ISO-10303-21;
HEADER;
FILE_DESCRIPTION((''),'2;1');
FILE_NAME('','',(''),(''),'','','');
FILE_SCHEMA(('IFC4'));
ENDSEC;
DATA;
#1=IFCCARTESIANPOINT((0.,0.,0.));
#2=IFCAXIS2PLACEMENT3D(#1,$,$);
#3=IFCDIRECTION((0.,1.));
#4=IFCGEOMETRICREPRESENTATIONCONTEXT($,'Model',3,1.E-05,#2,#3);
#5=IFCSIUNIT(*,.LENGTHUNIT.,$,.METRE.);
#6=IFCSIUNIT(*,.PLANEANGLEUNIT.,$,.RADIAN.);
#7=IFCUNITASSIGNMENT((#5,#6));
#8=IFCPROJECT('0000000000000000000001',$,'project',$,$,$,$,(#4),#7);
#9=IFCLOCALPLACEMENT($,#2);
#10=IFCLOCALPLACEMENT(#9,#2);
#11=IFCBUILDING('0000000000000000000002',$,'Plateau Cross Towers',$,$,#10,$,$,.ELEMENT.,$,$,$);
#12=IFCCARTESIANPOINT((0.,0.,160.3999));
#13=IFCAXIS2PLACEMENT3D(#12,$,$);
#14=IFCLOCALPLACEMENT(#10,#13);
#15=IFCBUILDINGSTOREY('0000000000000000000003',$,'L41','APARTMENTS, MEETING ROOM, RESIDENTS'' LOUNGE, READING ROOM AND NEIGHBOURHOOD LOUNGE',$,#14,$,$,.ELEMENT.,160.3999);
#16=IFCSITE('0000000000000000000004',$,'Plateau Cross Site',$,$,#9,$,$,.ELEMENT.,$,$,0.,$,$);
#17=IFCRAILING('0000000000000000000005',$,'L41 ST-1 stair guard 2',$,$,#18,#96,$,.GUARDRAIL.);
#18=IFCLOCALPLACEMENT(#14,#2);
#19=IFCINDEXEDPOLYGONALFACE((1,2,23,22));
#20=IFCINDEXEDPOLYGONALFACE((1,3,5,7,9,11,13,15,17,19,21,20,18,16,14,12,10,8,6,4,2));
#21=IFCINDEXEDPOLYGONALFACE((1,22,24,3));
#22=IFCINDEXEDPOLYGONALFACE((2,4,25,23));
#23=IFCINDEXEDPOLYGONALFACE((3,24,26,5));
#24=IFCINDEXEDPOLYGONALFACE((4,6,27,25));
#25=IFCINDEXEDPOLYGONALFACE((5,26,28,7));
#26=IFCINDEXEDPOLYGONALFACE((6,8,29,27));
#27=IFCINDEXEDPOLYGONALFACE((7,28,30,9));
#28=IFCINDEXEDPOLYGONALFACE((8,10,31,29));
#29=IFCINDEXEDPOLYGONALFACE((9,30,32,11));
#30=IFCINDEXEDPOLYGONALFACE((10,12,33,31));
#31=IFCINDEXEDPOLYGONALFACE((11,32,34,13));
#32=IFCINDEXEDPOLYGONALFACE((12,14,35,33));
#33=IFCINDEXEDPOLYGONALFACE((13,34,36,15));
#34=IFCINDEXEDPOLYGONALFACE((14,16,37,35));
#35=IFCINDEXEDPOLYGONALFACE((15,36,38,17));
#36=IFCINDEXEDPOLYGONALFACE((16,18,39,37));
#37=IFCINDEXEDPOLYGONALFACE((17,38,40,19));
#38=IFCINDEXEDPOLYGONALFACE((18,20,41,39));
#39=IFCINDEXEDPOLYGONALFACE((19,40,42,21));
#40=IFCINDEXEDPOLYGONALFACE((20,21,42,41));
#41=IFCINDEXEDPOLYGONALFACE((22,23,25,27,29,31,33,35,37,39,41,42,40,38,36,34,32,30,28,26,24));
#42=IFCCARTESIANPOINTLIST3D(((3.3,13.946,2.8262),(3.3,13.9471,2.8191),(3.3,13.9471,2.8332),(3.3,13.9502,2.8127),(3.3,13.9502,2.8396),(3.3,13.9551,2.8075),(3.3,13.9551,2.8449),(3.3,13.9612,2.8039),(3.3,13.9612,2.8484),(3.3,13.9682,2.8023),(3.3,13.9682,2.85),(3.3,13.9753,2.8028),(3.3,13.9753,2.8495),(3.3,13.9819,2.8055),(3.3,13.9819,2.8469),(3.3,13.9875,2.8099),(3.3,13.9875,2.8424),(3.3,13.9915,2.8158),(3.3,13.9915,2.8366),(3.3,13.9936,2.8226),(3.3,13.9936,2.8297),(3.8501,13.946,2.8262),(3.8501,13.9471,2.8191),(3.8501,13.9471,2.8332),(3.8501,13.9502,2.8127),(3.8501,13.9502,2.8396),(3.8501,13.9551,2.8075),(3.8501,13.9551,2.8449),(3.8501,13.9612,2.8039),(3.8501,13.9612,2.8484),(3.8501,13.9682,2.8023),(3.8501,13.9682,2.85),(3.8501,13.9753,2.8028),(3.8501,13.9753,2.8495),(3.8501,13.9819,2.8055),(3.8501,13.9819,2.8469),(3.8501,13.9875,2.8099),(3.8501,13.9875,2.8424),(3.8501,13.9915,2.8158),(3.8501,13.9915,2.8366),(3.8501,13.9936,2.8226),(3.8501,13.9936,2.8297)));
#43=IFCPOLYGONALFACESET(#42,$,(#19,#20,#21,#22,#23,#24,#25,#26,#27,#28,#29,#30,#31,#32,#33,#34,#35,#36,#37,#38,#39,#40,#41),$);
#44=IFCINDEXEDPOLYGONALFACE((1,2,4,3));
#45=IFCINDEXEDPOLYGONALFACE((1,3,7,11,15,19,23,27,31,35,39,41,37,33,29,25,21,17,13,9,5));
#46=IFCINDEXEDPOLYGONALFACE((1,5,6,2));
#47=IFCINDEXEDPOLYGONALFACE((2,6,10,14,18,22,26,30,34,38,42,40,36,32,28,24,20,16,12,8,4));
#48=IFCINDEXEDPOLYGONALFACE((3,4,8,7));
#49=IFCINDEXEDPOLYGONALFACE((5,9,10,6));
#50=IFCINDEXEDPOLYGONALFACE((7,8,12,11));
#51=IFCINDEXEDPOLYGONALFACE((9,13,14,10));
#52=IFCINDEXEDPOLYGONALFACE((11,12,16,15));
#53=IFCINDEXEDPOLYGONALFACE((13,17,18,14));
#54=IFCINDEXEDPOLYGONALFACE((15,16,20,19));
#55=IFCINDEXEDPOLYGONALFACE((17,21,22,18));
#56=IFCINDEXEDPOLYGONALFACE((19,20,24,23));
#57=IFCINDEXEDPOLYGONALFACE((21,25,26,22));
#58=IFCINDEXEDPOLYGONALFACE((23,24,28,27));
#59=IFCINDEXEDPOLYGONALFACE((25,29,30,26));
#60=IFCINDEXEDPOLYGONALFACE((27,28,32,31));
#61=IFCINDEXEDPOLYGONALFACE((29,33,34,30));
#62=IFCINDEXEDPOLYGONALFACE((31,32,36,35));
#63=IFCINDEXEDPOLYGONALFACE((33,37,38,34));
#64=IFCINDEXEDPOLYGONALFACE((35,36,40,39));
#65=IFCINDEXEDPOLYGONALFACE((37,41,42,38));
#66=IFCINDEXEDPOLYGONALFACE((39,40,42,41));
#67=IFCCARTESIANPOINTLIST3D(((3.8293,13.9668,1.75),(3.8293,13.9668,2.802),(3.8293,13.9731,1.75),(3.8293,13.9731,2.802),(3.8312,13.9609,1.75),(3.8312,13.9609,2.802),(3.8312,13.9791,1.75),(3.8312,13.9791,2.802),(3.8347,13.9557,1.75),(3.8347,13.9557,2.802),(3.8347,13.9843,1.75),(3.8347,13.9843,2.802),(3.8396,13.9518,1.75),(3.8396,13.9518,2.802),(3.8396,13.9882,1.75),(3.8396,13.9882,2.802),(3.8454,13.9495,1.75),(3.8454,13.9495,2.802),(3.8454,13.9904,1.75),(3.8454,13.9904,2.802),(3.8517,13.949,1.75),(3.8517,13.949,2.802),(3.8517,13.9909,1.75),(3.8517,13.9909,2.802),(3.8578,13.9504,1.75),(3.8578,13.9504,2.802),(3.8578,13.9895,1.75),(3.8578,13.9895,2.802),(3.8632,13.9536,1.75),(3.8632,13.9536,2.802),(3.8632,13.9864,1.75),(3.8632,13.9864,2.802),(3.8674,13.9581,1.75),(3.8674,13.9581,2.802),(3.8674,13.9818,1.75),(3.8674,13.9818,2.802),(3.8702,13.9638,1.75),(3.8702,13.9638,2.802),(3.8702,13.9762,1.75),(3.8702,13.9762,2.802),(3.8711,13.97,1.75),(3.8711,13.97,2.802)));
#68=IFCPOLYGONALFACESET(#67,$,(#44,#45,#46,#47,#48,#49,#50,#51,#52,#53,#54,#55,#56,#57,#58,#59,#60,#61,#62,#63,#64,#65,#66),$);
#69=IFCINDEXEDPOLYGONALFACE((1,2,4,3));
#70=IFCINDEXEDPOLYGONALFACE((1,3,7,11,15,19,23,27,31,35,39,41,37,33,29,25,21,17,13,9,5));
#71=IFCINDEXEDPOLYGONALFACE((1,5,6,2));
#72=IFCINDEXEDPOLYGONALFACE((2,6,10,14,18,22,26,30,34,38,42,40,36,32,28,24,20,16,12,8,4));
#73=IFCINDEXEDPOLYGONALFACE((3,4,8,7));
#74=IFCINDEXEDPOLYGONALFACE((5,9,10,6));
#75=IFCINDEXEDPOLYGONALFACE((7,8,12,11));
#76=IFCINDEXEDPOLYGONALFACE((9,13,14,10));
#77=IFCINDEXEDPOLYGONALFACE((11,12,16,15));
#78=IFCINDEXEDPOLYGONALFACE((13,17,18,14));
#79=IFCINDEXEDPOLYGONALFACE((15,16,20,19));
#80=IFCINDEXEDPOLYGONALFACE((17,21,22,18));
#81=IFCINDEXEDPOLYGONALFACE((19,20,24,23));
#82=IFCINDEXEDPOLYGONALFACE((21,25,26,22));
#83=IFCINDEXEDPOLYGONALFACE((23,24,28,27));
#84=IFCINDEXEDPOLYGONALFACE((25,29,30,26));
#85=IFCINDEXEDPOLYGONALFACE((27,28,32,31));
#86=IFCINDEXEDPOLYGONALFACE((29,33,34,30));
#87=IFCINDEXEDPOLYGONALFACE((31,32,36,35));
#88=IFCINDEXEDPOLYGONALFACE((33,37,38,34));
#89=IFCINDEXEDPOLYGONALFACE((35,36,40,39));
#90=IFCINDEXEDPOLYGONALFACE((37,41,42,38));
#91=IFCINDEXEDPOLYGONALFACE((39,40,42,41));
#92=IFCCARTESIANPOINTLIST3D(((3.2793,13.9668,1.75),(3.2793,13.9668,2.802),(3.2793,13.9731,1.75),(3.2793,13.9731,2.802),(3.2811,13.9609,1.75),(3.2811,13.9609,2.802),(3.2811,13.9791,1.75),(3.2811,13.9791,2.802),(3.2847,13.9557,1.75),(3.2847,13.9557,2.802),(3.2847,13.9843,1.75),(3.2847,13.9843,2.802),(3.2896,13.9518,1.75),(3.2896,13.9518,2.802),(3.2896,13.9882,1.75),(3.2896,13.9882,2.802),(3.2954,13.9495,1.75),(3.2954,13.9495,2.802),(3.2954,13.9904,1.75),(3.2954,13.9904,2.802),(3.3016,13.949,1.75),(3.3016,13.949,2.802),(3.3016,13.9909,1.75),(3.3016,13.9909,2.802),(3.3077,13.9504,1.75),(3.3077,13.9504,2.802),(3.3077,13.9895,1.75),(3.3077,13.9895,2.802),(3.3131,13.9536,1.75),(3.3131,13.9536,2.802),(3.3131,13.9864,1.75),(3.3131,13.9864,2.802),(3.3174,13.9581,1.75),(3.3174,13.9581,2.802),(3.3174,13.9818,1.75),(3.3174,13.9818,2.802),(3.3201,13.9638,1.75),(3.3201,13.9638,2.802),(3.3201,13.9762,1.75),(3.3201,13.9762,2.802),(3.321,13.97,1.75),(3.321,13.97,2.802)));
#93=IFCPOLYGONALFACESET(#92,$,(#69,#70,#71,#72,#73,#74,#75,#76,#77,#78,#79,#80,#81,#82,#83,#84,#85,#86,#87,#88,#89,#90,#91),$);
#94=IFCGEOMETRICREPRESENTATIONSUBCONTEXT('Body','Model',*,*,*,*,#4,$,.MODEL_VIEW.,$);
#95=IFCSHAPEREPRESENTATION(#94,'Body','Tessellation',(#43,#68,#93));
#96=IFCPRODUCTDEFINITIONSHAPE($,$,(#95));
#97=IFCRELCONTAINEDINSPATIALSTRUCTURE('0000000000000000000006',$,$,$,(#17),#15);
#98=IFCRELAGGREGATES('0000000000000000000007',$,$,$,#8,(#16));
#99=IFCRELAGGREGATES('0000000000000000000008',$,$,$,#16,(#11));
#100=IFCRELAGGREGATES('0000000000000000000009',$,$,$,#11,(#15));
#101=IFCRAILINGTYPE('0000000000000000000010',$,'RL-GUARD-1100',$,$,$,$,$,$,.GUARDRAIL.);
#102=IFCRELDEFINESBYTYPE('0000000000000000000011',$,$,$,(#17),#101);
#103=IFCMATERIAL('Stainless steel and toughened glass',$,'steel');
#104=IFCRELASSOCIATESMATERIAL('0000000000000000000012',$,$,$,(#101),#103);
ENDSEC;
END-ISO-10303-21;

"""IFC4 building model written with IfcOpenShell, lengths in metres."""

from ifc_helpers import new_model, si_unit, direction, frame, origin, origin_2d, place, context, subcontext, project, spatial, circle, extrude, material, type_object, element, save


model = new_model("IFC4")

# Units and contexts
model_context = context("Model", 3, precision=1e-05, world=origin(), true_north=direction((0.0, 1.0)))
body_context = subcontext(model_context, "Body", "Model", "MODEL_VIEW")
ifc_project = project(units=[si_unit("LENGTHUNIT", "METRE"), si_unit("PLANEANGLEUNIT", "RADIAN")], contexts=[model_context])

# Site, building, storey
site_placement = place(None, origin())
site = spatial("IfcSite", under=ifc_project, at=site_placement, Name="Plateau Cross Site", CompositionType="ELEMENT", RefElevation=0.0)
building_placement = place(site_placement, origin())
building = spatial("IfcBuilding", under=site, at=building_placement, Name="Plateau Cross Towers", CompositionType="ELEMENT")
storey_placement = place(building_placement, frame((0.0, 0.0, 160.3999)))
storey = spatial("IfcBuildingStorey", under=building, at=storey_placement, Name="L41", Description="APARTMENTS, MEETING ROOM, RESIDENTS' LOUNGE, READING ROOM AND NEIGHBOURHOOD LOUNGE", CompositionType="ELEMENT", Elevation=160.3999)

# Railing
ifc_material_1 = material(Name="Stainless steel and toughened glass", Category="steel")
railing_type = type_object("IfcRailingType", Name="RL-GUARD-1100", PredefinedType="GUARDRAIL", material=ifc_material_1)
railing_placement = place(storey_placement, frame((3.8501, 13.97, 1.75)))
element("IfcRailing", 1, at=railing_placement, inside=storey, type_object=railing_type, Name="L41 ST-1 stair guard 2", PredefinedType="GUARDRAIL", context=body_context, shape_type="SweptSolid", body=[
    extrude(circle(Radius=0.0239, at=origin_2d()), frame((0.0, 0.0, 1.0762), z_axis=(-1.0, 0.0, 0.0), x_axis=(0.0, -1.0, 0.0)), (0.0, 0.0, 1.0), 0.55),
    extrude(circle(Radius=0.021, at=origin_2d()), origin(), (0.0, 0.0, 1.0), 1.052),
    extrude(circle(Radius=0.021, at=origin_2d()), frame((-0.55, 0.0, 0.0)), (0.0, 0.0, 1.0), 1.052),
])

save(model, "model.ifc")
